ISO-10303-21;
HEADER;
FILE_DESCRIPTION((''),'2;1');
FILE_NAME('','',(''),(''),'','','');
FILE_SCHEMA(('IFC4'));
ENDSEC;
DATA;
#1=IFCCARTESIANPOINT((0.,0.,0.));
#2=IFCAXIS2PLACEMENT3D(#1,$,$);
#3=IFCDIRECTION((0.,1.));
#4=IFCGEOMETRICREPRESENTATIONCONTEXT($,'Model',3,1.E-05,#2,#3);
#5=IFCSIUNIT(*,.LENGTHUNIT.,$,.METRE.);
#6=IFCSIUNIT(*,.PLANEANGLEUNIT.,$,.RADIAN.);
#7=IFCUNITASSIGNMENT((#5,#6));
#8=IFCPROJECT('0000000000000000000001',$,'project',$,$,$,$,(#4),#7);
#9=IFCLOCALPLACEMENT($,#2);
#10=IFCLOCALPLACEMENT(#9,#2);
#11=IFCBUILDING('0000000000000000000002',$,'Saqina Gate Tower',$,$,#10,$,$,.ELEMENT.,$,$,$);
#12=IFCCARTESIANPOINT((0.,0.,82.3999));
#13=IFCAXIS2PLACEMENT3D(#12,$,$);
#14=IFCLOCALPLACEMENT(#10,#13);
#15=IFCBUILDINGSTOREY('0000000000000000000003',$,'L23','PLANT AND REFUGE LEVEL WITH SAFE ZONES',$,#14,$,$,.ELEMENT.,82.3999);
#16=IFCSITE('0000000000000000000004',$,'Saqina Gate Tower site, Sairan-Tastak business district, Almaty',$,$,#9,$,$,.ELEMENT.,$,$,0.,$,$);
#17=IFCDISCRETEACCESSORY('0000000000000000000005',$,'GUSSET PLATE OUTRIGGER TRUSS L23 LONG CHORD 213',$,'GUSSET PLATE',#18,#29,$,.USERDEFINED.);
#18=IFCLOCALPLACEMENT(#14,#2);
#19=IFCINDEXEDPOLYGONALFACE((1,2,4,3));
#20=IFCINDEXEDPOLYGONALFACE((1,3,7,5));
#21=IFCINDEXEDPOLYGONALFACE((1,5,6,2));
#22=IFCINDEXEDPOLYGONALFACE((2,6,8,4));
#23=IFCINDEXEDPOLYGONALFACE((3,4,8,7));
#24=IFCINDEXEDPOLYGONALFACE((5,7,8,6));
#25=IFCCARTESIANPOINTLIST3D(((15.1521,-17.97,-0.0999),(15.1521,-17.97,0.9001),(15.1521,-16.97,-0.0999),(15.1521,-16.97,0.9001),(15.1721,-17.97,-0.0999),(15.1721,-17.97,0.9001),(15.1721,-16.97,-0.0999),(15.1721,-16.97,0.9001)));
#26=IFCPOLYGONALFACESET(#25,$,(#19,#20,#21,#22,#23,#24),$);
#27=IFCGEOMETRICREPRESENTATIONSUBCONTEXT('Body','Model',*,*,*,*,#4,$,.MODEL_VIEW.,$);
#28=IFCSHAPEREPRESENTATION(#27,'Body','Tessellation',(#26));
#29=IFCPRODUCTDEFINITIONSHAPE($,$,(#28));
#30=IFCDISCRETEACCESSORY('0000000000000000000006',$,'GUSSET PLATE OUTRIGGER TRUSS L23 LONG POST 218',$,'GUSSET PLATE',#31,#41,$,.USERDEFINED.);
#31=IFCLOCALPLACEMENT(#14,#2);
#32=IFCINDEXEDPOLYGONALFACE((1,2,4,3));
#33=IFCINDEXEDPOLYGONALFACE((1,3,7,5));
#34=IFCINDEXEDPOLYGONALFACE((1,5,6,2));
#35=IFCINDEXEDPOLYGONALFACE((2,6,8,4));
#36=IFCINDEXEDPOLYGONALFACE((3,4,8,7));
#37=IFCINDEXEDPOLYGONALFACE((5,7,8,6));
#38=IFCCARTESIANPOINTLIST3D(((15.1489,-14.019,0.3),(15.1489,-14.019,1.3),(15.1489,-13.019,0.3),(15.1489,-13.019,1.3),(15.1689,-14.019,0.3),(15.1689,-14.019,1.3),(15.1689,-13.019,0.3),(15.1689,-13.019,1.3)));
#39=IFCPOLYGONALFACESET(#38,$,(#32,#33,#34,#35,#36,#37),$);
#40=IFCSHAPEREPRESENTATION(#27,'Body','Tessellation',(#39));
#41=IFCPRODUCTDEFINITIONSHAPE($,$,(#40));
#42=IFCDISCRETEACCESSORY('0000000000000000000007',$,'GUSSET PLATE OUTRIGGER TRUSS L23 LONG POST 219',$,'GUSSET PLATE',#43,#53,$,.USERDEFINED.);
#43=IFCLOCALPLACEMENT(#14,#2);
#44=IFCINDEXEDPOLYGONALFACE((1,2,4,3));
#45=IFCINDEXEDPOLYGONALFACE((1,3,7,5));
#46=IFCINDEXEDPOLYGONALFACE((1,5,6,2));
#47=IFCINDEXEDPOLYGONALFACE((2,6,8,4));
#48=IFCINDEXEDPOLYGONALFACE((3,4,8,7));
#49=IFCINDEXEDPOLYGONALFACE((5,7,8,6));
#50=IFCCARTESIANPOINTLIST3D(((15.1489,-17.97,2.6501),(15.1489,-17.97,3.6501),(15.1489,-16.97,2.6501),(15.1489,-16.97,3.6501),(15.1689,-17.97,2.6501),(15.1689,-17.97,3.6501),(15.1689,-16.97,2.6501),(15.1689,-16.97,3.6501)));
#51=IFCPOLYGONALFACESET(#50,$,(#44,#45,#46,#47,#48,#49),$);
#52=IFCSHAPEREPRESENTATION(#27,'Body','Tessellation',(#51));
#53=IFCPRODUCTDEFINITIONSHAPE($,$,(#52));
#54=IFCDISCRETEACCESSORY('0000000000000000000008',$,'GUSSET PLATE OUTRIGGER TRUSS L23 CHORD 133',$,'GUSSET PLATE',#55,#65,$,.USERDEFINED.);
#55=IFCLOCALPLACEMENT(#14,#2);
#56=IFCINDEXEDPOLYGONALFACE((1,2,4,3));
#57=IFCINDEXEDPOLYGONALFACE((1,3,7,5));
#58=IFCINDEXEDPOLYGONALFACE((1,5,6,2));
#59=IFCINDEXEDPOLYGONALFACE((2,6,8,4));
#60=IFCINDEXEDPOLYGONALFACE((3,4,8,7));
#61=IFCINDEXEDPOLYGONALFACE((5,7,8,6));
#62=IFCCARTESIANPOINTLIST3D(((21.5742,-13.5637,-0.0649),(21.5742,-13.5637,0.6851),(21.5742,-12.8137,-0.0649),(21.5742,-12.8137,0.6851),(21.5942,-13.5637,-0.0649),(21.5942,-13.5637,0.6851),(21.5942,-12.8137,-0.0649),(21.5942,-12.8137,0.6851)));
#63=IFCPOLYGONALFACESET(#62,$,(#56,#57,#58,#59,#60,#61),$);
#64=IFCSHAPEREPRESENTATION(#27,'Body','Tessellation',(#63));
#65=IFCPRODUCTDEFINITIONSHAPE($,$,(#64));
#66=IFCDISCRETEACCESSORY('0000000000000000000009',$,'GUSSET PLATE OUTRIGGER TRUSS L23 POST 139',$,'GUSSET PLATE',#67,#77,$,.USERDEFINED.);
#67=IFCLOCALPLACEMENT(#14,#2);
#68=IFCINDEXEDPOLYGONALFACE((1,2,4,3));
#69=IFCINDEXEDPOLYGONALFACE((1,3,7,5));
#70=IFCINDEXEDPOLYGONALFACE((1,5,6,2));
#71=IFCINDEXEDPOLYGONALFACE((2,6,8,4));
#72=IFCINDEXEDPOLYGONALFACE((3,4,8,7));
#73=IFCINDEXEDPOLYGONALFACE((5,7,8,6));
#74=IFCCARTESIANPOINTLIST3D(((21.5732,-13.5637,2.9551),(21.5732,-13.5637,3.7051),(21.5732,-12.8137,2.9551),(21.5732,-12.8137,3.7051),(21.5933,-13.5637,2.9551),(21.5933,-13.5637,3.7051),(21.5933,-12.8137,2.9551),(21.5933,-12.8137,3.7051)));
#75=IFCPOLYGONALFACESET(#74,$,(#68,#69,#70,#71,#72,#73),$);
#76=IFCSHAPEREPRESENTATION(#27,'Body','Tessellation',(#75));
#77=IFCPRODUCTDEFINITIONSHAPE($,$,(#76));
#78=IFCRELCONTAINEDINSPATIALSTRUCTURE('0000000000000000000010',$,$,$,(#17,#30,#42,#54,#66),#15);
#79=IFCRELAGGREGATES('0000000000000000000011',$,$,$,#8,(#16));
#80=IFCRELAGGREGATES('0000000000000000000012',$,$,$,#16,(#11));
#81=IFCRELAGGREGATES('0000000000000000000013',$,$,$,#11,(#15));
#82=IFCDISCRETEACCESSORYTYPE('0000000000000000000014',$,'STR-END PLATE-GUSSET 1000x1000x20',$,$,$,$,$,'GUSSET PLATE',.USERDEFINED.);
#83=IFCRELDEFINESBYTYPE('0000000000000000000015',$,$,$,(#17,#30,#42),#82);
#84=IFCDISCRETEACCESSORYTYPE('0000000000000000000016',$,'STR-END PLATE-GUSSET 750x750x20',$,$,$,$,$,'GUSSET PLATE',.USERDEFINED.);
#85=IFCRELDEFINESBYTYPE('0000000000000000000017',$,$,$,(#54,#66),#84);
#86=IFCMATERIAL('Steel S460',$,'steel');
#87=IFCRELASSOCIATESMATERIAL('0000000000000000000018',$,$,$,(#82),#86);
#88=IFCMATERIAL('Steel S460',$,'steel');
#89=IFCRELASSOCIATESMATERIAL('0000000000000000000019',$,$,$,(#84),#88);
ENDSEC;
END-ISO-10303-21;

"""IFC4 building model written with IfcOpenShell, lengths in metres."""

from ifc_helpers import new_model, si_unit, direction, frame, origin, origin_2d, place, context, subcontext, project, spatial, rectangle, extrude, material, material_profile, profile_set, type_object, element, save


model = new_model("IFC4")

# Units and contexts
model_context = context("Model", 3, precision=1e-05, world=origin(), true_north=direction((0.0, 1.0)))
body_context = subcontext(model_context, "Body", "Model", "MODEL_VIEW")
ifc_project = project(units=[si_unit("LENGTHUNIT", "METRE"), si_unit("PLANEANGLEUNIT", "RADIAN")], contexts=[model_context])

# Site, building, storey
site_placement = place(None, origin())
site = spatial("IfcSite", under=ifc_project, at=site_placement, Name="Saqina Gate Tower site, Sairan-Tastak business district, Almaty", CompositionType="ELEMENT", RefElevation=0.0)
building_placement = place(site_placement, origin())
building = spatial("IfcBuilding", under=site, at=building_placement, Name="Saqina Gate Tower", CompositionType="ELEMENT")
storey_placement = place(building_placement, frame((0.0, 0.0, 82.3999)))
storey = spatial("IfcBuildingStorey", under=building, at=storey_placement, Name="L23", Description="PLANT AND REFUGE LEVEL WITH SAFE ZONES", CompositionType="ELEMENT", Elevation=82.3999)

# Discrete accessories
ifc_material_1 = material(Name="Steel S460", Category="steel")
ifc_material_profile_1 = material_profile(ifc_material_1, rectangle(XDim=1.0, YDim=1.0, at=origin_2d()), Name="STR-END PLATE-GUSSET 1000x1000x20")
ifc_profile_set_1 = profile_set([ifc_material_profile_1], Name="Steel S460")
discrete_accessory_type_1 = type_object("IfcDiscreteAccessoryType", Name="STR-END PLATE-GUSSET 1000x1000x20", ElementType="GUSSET PLATE", PredefinedType="USERDEFINED", material=ifc_profile_set_1)
for number, where, z_axis, x_axis, name in (
    (1, (15.1521, -17.47, 0.4001), (1.0, 0.0, 0.0), (0.0, 1.0, 0.0), "GUSSET PLATE OUTRIGGER TRUSS L23 LONG CHORD 213"),
    (2, (15.1489, -13.519, 0.8), (1.0, 0.0, 0.0), (0.0, 1.0, 0.0), "GUSSET PLATE OUTRIGGER TRUSS L23 LONG POST 218"),
    (3, (15.1489, -17.47, 3.1501), (1.0, 0.0, 0.0), (0.0, 1.0, 0.0), "GUSSET PLATE OUTRIGGER TRUSS L23 LONG POST 219"),
):
    element("IfcDiscreteAccessory", number, at=place(storey_placement, frame(where, z_axis=z_axis, x_axis=x_axis)), inside=storey, type_object=discrete_accessory_type_1, Name=name, ObjectType="GUSSET PLATE", PredefinedType="USERDEFINED", context=body_context, shape_type="SweptSolid", body=[
        extrude(rectangle(XDim=1.0, YDim=1.0, at=origin_2d()), origin(), (0.0, 0.0, 1.0), 0.02),
    ])
ifc_material_2 = material(Name="Steel S460", Category="steel")
ifc_material_profile_2 = material_profile(ifc_material_2, rectangle(XDim=0.75, YDim=0.75, at=origin_2d()), Name="STR-END PLATE-GUSSET 750x750x20")
ifc_profile_set_2 = profile_set([ifc_material_profile_2], Name="Steel S460")
discrete_accessory_type_2 = type_object("IfcDiscreteAccessoryType", Name="STR-END PLATE-GUSSET 750x750x20", ElementType="GUSSET PLATE", PredefinedType="USERDEFINED", material=ifc_profile_set_2)
for number, where, z_axis, x_axis, name in (
    (4, (21.5742, -13.1887, 0.3101), (1.0, 0.0, 0.0), (0.0, 1.0, 0.0), "GUSSET PLATE OUTRIGGER TRUSS L23 CHORD 133"),
    (5, (21.5732, -13.1887, 3.3301), (1.0, 0.0, 0.0), (0.0, 1.0, 0.0), "GUSSET PLATE OUTRIGGER TRUSS L23 POST 139"),
):
    element("IfcDiscreteAccessory", number, at=place(storey_placement, frame(where, z_axis=z_axis, x_axis=x_axis)), inside=storey, type_object=discrete_accessory_type_2, Name=name, ObjectType="GUSSET PLATE", PredefinedType="USERDEFINED", context=body_context, shape_type="SweptSolid", body=[
        extrude(rectangle(XDim=0.75, YDim=0.75, at=origin_2d()), origin(), (0.0, 0.0, 1.0), 0.02),
    ])

save(model, "model.ifc")
